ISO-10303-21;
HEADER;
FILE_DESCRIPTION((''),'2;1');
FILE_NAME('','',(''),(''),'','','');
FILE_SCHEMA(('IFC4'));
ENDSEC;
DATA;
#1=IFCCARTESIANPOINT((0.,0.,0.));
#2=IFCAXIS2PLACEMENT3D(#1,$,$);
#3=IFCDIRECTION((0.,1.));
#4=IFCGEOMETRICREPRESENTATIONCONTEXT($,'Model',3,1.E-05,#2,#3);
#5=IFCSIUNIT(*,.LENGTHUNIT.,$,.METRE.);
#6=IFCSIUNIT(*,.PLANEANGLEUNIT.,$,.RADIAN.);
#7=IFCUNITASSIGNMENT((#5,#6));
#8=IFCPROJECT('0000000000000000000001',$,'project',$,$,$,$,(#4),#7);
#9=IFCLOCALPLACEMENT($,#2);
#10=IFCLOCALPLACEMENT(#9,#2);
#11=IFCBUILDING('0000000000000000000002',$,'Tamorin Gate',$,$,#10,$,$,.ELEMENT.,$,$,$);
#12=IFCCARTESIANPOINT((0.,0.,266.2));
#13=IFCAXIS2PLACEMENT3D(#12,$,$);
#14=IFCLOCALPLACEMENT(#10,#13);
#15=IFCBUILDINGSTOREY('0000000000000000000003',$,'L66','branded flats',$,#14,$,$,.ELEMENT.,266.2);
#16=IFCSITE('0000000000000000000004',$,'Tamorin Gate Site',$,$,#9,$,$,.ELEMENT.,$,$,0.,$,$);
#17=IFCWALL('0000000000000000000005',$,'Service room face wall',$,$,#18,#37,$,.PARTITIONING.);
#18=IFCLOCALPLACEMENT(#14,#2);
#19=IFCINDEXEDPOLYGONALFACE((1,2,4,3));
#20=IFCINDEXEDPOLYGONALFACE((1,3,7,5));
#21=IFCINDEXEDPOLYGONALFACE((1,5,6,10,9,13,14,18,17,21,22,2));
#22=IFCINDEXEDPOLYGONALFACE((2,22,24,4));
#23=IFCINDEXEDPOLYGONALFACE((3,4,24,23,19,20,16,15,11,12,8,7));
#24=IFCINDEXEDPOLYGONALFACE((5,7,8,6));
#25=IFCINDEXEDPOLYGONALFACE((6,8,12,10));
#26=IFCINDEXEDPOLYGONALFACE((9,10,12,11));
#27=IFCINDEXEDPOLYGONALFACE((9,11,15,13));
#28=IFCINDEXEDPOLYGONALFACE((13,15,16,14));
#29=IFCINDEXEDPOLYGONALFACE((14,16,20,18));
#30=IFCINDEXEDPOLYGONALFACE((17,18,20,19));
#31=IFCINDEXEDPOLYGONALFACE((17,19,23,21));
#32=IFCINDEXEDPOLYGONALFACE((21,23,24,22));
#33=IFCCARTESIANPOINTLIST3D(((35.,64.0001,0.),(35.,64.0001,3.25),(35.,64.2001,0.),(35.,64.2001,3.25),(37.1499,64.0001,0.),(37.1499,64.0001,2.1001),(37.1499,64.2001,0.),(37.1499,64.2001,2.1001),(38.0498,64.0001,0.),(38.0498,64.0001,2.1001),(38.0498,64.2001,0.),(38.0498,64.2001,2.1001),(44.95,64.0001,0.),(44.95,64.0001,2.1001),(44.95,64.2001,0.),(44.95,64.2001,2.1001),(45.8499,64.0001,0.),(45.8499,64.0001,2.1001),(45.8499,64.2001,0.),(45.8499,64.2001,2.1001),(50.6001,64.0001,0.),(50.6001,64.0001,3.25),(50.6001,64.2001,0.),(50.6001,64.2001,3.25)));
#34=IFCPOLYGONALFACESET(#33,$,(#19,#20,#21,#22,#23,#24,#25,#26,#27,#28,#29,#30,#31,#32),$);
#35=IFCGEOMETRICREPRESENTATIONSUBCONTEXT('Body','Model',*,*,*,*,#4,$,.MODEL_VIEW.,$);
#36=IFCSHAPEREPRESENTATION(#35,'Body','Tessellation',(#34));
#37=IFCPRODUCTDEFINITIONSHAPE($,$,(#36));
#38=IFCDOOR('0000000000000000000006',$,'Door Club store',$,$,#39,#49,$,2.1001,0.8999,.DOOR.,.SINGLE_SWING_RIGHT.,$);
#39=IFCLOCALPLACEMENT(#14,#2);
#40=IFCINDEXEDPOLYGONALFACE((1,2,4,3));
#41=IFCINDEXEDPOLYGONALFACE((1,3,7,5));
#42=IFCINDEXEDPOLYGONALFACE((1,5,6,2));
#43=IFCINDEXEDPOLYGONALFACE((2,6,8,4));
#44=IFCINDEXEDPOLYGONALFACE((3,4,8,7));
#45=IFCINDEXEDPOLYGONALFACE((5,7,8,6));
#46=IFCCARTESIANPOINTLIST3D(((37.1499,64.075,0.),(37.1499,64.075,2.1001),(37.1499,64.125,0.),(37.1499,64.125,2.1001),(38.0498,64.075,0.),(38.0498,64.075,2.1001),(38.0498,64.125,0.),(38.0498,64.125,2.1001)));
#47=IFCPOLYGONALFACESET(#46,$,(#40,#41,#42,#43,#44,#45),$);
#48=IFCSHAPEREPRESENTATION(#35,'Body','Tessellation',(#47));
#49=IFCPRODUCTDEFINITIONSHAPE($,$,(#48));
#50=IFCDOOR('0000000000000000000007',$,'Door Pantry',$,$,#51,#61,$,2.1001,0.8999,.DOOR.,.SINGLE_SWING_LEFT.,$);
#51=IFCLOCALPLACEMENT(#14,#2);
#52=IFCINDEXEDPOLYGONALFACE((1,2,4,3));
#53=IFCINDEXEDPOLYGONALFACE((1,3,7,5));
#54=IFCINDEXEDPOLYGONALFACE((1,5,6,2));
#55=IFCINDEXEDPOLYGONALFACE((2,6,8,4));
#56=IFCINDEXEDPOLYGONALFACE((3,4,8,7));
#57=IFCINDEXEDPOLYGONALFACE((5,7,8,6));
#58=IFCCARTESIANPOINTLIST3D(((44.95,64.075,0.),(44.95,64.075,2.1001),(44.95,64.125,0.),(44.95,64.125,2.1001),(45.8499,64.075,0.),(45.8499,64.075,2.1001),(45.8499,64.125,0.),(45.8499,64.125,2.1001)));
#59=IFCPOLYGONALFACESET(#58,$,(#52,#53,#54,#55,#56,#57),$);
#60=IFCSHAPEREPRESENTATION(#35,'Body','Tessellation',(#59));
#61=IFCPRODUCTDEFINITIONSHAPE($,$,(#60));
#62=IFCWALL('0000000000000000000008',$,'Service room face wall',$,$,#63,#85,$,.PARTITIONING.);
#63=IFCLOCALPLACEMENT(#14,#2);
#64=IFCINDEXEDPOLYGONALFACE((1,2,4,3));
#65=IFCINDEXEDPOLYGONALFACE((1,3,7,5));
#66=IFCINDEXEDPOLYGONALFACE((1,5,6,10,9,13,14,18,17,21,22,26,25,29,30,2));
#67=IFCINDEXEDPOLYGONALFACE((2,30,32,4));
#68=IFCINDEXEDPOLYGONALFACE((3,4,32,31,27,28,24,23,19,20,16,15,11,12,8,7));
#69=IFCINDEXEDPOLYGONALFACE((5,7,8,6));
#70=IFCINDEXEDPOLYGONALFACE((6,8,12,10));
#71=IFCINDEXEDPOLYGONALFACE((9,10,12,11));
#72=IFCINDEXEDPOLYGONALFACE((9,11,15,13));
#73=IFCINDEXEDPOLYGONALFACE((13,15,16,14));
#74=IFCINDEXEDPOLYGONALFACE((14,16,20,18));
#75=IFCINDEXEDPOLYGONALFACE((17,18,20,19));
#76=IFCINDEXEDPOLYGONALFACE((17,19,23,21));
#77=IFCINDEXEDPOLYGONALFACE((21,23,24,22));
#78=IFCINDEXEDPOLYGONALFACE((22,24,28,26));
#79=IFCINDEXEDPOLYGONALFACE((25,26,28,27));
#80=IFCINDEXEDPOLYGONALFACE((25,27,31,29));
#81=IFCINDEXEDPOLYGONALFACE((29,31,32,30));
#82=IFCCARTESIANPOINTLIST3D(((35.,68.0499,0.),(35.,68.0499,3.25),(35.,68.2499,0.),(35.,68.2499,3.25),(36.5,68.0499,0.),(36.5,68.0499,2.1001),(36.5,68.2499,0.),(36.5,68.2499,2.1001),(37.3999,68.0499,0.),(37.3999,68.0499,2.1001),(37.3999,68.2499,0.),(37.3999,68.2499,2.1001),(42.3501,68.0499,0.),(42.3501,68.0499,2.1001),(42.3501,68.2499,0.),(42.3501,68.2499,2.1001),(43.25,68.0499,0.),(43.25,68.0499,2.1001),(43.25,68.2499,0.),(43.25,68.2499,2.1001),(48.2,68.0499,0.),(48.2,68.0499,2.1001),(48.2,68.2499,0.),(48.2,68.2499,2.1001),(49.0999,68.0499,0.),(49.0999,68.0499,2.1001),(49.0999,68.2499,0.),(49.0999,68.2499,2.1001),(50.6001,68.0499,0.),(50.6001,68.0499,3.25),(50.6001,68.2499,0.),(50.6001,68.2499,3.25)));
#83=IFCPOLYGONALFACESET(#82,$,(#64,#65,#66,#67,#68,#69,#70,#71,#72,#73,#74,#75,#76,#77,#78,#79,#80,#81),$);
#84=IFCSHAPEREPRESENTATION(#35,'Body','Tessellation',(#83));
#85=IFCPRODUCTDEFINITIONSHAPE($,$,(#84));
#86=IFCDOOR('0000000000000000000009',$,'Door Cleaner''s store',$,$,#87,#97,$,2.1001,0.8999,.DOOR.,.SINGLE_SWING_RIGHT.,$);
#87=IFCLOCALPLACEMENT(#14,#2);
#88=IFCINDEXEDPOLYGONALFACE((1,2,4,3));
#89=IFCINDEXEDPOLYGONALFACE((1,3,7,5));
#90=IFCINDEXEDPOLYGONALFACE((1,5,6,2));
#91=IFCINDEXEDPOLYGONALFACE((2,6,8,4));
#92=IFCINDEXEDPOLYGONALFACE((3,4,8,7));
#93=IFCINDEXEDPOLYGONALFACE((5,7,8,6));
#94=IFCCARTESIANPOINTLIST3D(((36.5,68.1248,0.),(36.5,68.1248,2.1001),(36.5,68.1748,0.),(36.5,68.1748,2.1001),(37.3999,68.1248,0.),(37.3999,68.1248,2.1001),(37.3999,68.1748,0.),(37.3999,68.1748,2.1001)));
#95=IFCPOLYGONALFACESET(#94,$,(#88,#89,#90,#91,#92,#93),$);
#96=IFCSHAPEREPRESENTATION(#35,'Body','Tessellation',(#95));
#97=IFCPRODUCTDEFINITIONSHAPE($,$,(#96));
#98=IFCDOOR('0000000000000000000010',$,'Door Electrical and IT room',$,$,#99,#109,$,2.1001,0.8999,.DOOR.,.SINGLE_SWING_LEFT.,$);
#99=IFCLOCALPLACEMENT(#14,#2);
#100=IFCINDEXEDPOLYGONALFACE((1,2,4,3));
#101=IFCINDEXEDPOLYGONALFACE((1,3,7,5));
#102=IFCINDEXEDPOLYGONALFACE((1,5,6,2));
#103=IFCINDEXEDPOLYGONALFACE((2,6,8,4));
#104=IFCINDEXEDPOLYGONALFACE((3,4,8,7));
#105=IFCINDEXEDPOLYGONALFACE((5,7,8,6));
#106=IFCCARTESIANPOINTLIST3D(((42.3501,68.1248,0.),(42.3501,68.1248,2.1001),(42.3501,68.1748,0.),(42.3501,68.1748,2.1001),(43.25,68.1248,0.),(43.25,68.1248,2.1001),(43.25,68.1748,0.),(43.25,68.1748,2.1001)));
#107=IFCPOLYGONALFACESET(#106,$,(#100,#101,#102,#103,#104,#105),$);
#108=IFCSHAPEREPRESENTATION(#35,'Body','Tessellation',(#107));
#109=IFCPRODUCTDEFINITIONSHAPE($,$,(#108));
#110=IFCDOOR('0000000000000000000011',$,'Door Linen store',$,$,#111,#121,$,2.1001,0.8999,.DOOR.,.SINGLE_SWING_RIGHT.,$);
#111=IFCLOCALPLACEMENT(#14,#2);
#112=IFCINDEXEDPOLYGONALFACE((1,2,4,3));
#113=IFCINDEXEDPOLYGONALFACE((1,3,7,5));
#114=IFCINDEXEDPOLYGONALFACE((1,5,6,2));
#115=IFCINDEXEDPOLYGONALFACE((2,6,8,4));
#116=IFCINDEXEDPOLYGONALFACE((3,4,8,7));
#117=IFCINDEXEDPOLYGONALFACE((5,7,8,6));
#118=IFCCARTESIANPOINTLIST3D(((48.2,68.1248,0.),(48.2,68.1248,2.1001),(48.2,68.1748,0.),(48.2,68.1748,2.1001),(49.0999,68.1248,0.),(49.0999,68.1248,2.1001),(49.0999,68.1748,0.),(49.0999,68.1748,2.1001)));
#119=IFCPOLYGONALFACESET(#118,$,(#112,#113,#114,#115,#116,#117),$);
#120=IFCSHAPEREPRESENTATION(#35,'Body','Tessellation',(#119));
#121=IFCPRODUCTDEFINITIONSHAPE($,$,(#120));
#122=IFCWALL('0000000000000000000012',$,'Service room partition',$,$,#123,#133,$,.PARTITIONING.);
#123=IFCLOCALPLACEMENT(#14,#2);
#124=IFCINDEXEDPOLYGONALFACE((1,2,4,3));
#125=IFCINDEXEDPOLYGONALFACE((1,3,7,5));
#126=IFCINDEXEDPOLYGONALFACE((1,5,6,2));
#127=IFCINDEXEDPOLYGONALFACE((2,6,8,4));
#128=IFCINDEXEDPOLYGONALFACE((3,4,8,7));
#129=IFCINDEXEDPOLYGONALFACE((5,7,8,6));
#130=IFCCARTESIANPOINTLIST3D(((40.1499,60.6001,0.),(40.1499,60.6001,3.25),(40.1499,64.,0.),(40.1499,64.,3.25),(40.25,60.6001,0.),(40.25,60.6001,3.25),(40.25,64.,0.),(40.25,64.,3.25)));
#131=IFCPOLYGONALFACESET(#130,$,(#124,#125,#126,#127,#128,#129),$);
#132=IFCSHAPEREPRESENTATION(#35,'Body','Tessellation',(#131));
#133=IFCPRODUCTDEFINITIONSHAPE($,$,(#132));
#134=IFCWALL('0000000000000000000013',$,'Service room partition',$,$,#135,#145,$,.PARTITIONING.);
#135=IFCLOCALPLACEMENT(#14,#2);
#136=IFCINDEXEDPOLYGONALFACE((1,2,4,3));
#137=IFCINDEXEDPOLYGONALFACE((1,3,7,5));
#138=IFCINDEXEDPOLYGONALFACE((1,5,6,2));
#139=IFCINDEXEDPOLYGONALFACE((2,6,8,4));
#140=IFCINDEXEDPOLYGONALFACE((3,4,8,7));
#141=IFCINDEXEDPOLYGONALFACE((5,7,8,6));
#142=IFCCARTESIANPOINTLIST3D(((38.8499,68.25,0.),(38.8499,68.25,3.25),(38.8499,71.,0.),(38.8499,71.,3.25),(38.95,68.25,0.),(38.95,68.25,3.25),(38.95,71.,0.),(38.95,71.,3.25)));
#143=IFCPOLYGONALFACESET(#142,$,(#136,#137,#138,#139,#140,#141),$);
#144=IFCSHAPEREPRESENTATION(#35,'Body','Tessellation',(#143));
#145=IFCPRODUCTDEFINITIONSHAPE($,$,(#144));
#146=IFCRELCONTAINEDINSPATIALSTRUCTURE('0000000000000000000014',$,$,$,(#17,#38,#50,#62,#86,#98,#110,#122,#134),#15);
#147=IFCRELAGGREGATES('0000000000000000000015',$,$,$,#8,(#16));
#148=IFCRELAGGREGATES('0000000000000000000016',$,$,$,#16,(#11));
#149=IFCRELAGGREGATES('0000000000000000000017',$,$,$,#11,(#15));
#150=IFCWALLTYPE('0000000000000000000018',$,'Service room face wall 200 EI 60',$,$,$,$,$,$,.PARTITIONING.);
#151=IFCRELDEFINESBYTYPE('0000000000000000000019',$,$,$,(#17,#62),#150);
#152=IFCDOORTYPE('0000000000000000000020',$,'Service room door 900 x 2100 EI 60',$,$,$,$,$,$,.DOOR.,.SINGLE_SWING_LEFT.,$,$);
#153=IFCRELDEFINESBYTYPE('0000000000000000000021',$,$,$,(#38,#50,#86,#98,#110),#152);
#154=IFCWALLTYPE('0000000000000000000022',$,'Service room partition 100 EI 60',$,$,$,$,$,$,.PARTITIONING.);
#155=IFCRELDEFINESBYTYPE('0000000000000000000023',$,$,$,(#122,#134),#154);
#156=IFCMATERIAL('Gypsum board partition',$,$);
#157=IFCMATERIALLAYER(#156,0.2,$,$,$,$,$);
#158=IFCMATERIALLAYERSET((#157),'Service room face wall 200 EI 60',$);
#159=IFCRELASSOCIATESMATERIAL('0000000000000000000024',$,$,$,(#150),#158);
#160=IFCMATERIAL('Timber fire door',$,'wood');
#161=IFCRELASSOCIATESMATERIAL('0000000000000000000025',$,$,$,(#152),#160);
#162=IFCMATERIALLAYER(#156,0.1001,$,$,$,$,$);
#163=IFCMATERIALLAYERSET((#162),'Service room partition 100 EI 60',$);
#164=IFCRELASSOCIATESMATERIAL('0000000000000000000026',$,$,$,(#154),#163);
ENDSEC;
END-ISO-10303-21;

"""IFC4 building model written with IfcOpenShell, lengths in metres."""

from ifc_helpers import new_model, si_unit, direction, frame, frame_2d, origin, place, context, subcontext, project, spatial, rectangle, extrude, material, layer, layer_set, type_object, element, fill, save


model = new_model("IFC4")

# Units and contexts
model_context = context("Model", 3, precision=1e-05, world=origin(), true_north=direction((0.0, 1.0)))
body_context = subcontext(model_context, "Body", "Model", "MODEL_VIEW")
ifc_project = project(units=[si_unit("LENGTHUNIT", "METRE"), si_unit("PLANEANGLEUNIT", "RADIAN")], contexts=[model_context])

# Site, building, storey
site_placement = place(None, origin())
site = spatial("IfcSite", under=ifc_project, at=site_placement, Name="Tamorin Gate Site", CompositionType="ELEMENT", RefElevation=0.0)
building_placement = place(site_placement, origin())
building = spatial("IfcBuilding", under=site, at=building_placement, Name="Tamorin Gate", CompositionType="ELEMENT")
storey_placement = place(building_placement, frame((0.0, 0.0, 266.2)))
storey = spatial("IfcBuildingStorey", under=building, at=storey_placement, Name="L66", Description="branded flats", CompositionType="ELEMENT", Elevation=266.2)

# Walls, openings, doors
ifc_material_1 = material(Name="Gypsum board partition")
ifc_layer_1 = layer(ifc_material_1, 0.2)
ifc_layer_set_1 = layer_set([ifc_layer_1], Name="Service room face wall 200 EI 60")
wall_type_1 = type_object("IfcWallType", Name="Service room face wall 200 EI 60", PredefinedType="PARTITIONING", material=ifc_layer_set_1)
wall_1_placement = place(storey_placement, frame((35.0, 64.1001, 0.0), z_axis=(0.0, 0.0, 1.0), x_axis=(1.0, 0.0, 0.0)))
wall_1 = element("IfcWall", 1, at=wall_1_placement, inside=storey, type_object=wall_type_1, Name="Service room face wall", PredefinedType="PARTITIONING", context=body_context, shape_type="SweptSolid", body=[
    extrude(rectangle(XDim=15.6001, YDim=0.2, at=frame_2d((7.8, 0.0))), origin(), (0.0, 0.0, 1.0), 3.25),
])
opening_1_placement = place(wall_1_placement, frame((2.1499, 0.0, 0.0)))
opening_1 = element("IfcOpeningElement", 2, at=opening_1_placement, cuts=wall_1, PredefinedType="OPENING", context=body_context, shape_type="SweptSolid", body=[
    extrude(rectangle(XDim=0.8999, YDim=2.1001, at=frame_2d((0.45, 1.05))), frame((0.0, 0.1099, 0.0), z_axis=(0.0, -1.0, 0.0), x_axis=(1.0, 0.0, 0.0)), (0.0, 0.0, 1.0), 0.22),
])
opening_2_placement = place(wall_1_placement, frame((9.95, 0.0, 0.0)))
opening_2 = element("IfcOpeningElement", 3, at=opening_2_placement, cuts=wall_1, PredefinedType="OPENING", context=body_context, shape_type="SweptSolid", body=[
    extrude(rectangle(XDim=0.8999, YDim=2.1001, at=frame_2d((0.45, 1.05))), frame((0.0, 0.1099, 0.0), z_axis=(0.0, -1.0, 0.0), x_axis=(1.0, 0.0, 0.0)), (0.0, 0.0, 1.0), 0.22),
])
ifc_material_2 = material(Name="Timber fire door", Category="wood")
door_type_1 = type_object("IfcDoorType", Name="Service room door 900 x 2100 EI 60", OperationType="SINGLE_SWING_LEFT", PredefinedType="DOOR", material=ifc_material_2)
door_1_placement = place(opening_1_placement, origin())
door_1 = element("IfcDoor", 4, at=door_1_placement, inside=storey, type_object=door_type_1, Name="Door Club store", OperationType="SINGLE_SWING_RIGHT", OverallHeight=2.1001, OverallWidth=0.8999, PredefinedType="DOOR", context=body_context, shape_type="SweptSolid", body=[
    extrude(rectangle(XDim=0.8999, YDim=2.1001, at=frame_2d((0.45, 1.05))), frame((0.0, 0.0249, 0.0), z_axis=(0.0, -1.0, 0.0), x_axis=(1.0, 0.0, 0.0)), (0.0, 0.0, 1.0), 0.05),
])
fill(opening_1, door_1)
door_2_placement = place(opening_2_placement, origin())
door_2 = element("IfcDoor", 5, at=door_2_placement, inside=storey, type_object=door_type_1, Name="Door Pantry", OperationType="SINGLE_SWING_LEFT", OverallHeight=2.1001, OverallWidth=0.8999, PredefinedType="DOOR", context=body_context, shape_type="SweptSolid", body=[
    extrude(rectangle(XDim=0.8999, YDim=2.1001, at=frame_2d((0.45, 1.05))), frame((0.0, 0.0249, 0.0), z_axis=(0.0, -1.0, 0.0), x_axis=(1.0, 0.0, 0.0)), (0.0, 0.0, 1.0), 0.05),
])
fill(opening_2, door_2)
wall_2_placement = place(storey_placement, frame((35.0, 68.1499, 0.0), z_axis=(0.0, 0.0, 1.0), x_axis=(1.0, 0.0, 0.0)))
wall_2 = element("IfcWall", 6, at=wall_2_placement, inside=storey, type_object=wall_type_1, Name="Service room face wall", PredefinedType="PARTITIONING", context=body_context, shape_type="SweptSolid", body=[
    extrude(rectangle(XDim=15.6001, YDim=0.2, at=frame_2d((7.8, 0.0))), origin(), (0.0, 0.0, 1.0), 3.25),
])
opening_3_placement = place(wall_2_placement, frame((1.5, 0.0, 0.0)))
opening_3 = element("IfcOpeningElement", 7, at=opening_3_placement, cuts=wall_2, PredefinedType="OPENING", context=body_context, shape_type="SweptSolid", body=[
    extrude(rectangle(XDim=0.8999, YDim=2.1001, at=frame_2d((0.45, 1.05))), frame((0.0, 0.1099, 0.0), z_axis=(0.0, -1.0, 0.0), x_axis=(1.0, 0.0, 0.0)), (0.0, 0.0, 1.0), 0.22),
])
opening_4_placement = place(wall_2_placement, frame((7.3501, 0.0, 0.0)))
opening_4 = element("IfcOpeningElement", 8, at=opening_4_placement, cuts=wall_2, PredefinedType="OPENING", context=body_context, shape_type="SweptSolid", body=[
    extrude(rectangle(XDim=0.8999, YDim=2.1001, at=frame_2d((0.45, 1.05))), frame((0.0, 0.1099, 0.0), z_axis=(0.0, -1.0, 0.0), x_axis=(1.0, 0.0, 0.0)), (0.0, 0.0, 1.0), 0.22),
])
opening_5_placement = place(wall_2_placement, frame((13.2, 0.0, 0.0)))
opening_5 = element("IfcOpeningElement", 9, at=opening_5_placement, cuts=wall_2, PredefinedType="OPENING", context=body_context, shape_type="SweptSolid", body=[
    extrude(rectangle(XDim=0.8999, YDim=2.1001, at=frame_2d((0.45, 1.05))), frame((0.0, 0.1099, 0.0), z_axis=(0.0, -1.0, 0.0), x_axis=(1.0, 0.0, 0.0)), (0.0, 0.0, 1.0), 0.22),
])
door_3_placement = place(opening_3_placement, origin())
door_3 = element("IfcDoor", 10, at=door_3_placement, inside=storey, type_object=door_type_1, Name="Door Cleaner's store", OperationType="SINGLE_SWING_RIGHT", OverallHeight=2.1001, OverallWidth=0.8999, PredefinedType="DOOR", context=body_context, shape_type="SweptSolid", body=[
    extrude(rectangle(XDim=0.8999, YDim=2.1001, at=frame_2d((0.45, 1.05))), frame((0.0, 0.0249, 0.0), z_axis=(0.0, -1.0, 0.0), x_axis=(1.0, 0.0, 0.0)), (0.0, 0.0, 1.0), 0.05),
])
fill(opening_3, door_3)
door_4_placement = place(opening_4_placement, origin())
door_4 = element("IfcDoor", 11, at=door_4_placement, inside=storey, type_object=door_type_1, Name="Door Electrical and IT room", OperationType="SINGLE_SWING_LEFT", OverallHeight=2.1001, OverallWidth=0.8999, PredefinedType="DOOR", context=body_context, shape_type="SweptSolid", body=[
    extrude(rectangle(XDim=0.8999, YDim=2.1001, at=frame_2d((0.45, 1.05))), frame((0.0, 0.0249, 0.0), z_axis=(0.0, -1.0, 0.0), x_axis=(1.0, 0.0, 0.0)), (0.0, 0.0, 1.0), 0.05),
])
fill(opening_4, door_4)
door_5_placement = place(opening_5_placement, origin())
door_5 = element("IfcDoor", 12, at=door_5_placement, inside=storey, type_object=door_type_1, Name="Door Linen store", OperationType="SINGLE_SWING_RIGHT", OverallHeight=2.1001, OverallWidth=0.8999, PredefinedType="DOOR", context=body_context, shape_type="SweptSolid", body=[
    extrude(rectangle(XDim=0.8999, YDim=2.1001, at=frame_2d((0.45, 1.05))), frame((0.0, 0.0249, 0.0), z_axis=(0.0, -1.0, 0.0), x_axis=(1.0, 0.0, 0.0)), (0.0, 0.0, 1.0), 0.05),
])
fill(opening_5, door_5)

# Walls
ifc_layer_2 = layer(ifc_material_1, 0.1001)
ifc_layer_set_2 = layer_set([ifc_layer_2], Name="Service room partition 100 EI 60")
wall_type_2 = type_object("IfcWallType", Name="Service room partition 100 EI 60", PredefinedType="PARTITIONING", material=ifc_layer_set_2)
wall_3_placement = place(storey_placement, frame((40.2, 60.6001, 0.0), z_axis=(0.0, 0.0, 1.0), x_axis=(0.0, 1.0, 0.0)))
element("IfcWall", 13, at=wall_3_placement, inside=storey, type_object=wall_type_2, Name="Service room partition", PredefinedType="PARTITIONING", context=body_context, shape_type="SweptSolid", body=[
    extrude(rectangle(XDim=3.3999, YDim=0.1001, at=frame_2d((1.7, 0.0))), origin(), (0.0, 0.0, 1.0), 3.25),
])
wall_4_placement = place(storey_placement, frame((38.8999, 68.25, 0.0), z_axis=(0.0, 0.0, 1.0), x_axis=(0.0, 1.0, 0.0)))
element("IfcWall", 14, at=wall_4_placement, inside=storey, type_object=wall_type_2, Name="Service room partition", PredefinedType="PARTITIONING", context=body_context, shape_type="SweptSolid", body=[
    extrude(rectangle(XDim=2.75, YDim=0.1001, at=frame_2d((1.375, 0.0))), origin(), (0.0, 0.0, 1.0), 3.25),
])

save(model, "model.ifc")
